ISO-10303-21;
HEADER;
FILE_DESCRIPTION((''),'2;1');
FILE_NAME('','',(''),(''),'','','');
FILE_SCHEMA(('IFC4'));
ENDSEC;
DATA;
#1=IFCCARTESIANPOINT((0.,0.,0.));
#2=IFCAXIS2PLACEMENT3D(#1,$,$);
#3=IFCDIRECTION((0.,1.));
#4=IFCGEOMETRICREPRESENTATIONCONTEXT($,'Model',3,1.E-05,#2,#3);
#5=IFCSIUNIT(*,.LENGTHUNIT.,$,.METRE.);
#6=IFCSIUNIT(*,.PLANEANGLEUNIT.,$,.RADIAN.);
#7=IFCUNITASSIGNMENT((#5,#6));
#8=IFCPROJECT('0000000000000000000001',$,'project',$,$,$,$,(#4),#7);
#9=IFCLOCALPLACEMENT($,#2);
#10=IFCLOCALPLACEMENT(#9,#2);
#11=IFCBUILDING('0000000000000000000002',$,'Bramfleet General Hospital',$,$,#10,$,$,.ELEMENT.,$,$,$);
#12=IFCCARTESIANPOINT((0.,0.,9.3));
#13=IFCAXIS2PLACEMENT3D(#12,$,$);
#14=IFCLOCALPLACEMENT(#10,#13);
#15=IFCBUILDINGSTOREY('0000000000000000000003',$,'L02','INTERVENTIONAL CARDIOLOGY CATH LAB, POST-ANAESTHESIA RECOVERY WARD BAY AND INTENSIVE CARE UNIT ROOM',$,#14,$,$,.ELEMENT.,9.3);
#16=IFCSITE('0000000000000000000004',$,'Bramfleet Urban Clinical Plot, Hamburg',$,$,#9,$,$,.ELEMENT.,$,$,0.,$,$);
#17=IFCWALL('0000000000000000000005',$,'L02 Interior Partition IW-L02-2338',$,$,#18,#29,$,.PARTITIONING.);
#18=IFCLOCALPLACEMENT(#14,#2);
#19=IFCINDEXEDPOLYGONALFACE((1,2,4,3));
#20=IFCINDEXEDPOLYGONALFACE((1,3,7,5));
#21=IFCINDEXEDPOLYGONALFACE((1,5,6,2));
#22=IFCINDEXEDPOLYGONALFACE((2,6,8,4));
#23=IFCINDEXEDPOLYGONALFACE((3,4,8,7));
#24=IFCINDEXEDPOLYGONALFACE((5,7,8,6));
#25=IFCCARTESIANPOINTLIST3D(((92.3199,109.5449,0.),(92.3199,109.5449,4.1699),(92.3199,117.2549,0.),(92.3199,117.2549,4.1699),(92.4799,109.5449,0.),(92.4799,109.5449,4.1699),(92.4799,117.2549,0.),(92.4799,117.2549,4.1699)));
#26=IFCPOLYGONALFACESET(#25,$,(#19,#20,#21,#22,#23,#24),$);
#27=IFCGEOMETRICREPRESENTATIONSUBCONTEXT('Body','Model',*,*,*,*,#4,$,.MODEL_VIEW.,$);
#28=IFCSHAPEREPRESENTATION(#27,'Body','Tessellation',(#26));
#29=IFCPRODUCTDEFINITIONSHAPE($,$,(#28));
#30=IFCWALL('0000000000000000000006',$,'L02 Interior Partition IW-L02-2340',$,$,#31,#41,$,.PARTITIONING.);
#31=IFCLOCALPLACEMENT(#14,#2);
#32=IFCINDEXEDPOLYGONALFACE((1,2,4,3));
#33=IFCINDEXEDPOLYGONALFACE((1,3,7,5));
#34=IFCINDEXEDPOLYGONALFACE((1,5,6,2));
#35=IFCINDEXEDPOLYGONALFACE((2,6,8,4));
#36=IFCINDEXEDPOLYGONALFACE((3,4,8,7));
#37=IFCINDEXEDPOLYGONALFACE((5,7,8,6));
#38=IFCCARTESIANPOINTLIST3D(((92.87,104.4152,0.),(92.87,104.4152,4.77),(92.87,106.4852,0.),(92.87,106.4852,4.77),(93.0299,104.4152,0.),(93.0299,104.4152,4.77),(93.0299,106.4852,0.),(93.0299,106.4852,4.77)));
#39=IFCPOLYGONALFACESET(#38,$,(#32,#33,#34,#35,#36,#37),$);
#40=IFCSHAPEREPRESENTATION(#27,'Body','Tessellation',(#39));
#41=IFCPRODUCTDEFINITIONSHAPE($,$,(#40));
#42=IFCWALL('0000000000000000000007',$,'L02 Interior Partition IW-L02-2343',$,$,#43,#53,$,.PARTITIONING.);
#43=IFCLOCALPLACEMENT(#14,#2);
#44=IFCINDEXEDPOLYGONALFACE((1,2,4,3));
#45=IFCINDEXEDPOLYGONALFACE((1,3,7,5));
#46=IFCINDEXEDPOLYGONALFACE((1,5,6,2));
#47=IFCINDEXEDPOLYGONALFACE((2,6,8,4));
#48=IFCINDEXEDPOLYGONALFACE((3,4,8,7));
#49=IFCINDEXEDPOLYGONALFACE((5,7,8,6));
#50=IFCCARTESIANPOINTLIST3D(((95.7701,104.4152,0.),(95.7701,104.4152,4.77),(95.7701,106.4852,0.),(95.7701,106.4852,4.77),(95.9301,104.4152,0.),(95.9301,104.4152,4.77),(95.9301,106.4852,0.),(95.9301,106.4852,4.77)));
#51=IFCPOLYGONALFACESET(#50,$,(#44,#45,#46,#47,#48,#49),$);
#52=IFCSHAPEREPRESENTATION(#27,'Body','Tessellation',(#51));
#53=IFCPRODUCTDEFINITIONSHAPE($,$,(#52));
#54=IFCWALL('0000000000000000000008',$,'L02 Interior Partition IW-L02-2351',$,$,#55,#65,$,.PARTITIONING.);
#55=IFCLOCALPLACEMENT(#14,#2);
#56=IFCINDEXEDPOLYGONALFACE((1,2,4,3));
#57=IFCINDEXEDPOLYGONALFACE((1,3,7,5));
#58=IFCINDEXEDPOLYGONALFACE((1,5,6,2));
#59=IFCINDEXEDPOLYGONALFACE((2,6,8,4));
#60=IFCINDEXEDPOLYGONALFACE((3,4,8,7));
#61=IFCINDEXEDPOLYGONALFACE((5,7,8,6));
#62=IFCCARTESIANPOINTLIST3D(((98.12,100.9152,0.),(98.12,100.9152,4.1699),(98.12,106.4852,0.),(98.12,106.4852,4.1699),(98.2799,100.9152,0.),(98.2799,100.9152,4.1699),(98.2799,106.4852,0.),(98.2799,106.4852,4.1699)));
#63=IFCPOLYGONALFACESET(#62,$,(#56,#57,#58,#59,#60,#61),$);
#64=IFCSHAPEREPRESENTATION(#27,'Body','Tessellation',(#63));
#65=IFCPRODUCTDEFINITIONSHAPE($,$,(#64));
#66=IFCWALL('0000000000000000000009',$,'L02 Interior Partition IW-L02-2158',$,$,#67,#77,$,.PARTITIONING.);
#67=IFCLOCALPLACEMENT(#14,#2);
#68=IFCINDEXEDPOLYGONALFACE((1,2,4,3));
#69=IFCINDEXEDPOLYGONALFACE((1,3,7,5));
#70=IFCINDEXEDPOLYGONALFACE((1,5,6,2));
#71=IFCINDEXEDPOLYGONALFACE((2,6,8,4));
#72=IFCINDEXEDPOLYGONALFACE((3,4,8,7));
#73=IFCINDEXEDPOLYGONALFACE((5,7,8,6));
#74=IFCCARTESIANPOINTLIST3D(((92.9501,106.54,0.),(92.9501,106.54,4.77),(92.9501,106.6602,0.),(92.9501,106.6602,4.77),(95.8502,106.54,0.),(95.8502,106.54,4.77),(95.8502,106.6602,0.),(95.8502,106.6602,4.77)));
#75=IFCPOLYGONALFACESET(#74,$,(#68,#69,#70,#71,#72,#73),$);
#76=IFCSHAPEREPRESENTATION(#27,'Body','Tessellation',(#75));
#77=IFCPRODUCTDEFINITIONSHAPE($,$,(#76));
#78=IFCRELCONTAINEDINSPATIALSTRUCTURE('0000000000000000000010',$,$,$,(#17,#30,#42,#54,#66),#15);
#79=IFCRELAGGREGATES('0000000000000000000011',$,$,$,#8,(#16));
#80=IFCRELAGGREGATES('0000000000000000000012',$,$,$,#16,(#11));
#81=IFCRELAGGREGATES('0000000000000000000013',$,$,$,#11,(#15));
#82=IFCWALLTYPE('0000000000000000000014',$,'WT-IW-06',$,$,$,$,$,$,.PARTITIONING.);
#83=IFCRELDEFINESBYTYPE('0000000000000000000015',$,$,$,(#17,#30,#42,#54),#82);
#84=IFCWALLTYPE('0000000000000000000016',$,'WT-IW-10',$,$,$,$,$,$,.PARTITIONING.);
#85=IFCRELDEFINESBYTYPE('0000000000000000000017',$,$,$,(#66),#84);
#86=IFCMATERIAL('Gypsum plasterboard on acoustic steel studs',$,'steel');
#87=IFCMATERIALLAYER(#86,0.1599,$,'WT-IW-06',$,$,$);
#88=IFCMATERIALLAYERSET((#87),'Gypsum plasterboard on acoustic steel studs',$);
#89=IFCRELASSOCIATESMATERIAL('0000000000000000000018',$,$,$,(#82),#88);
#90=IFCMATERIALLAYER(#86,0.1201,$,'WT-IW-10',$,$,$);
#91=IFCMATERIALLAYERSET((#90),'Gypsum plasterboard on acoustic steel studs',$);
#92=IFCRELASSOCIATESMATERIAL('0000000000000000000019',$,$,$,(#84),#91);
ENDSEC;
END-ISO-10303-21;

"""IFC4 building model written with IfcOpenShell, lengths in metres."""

from ifc_helpers import new_model, si_unit, direction, frame, frame_2d, origin, place, context, subcontext, project, spatial, rectangle, extrude, material, layer, layer_set, type_object, element, save


model = new_model("IFC4")

# Units and contexts
model_context = context("Model", 3, precision=1e-05, world=origin(), true_north=direction((0.0, 1.0)))
body_context = subcontext(model_context, "Body", "Model", "MODEL_VIEW")
ifc_project = project(units=[si_unit("LENGTHUNIT", "METRE"), si_unit("PLANEANGLEUNIT", "RADIAN")], contexts=[model_context])

# Site, building, storey
site_placement = place(None, origin())
site = spatial("IfcSite", under=ifc_project, at=site_placement, Name="Bramfleet Urban Clinical Plot, Hamburg", CompositionType="ELEMENT", RefElevation=0.0)
building_placement = place(site_placement, origin())
building = spatial("IfcBuilding", under=site, at=building_placement, Name="Bramfleet General Hospital", CompositionType="ELEMENT")
storey_placement = place(building_placement, frame((0.0, 0.0, 9.3)))
storey = spatial("IfcBuildingStorey", under=building, at=storey_placement, Name="L02", Description="INTERVENTIONAL CARDIOLOGY CATH LAB, POST-ANAESTHESIA RECOVERY WARD BAY AND INTENSIVE CARE UNIT ROOM", CompositionType="ELEMENT", Elevation=9.3)

# Shared definitions
ifc_material_1 = material(Name="Gypsum plasterboard on acoustic steel studs", Category="steel")
ifc_layer_1 = layer(ifc_material_1, 0.1599, Name="WT-IW-06")
ifc_layer_set_1 = layer_set([ifc_layer_1], Name="Gypsum plasterboard on acoustic steel studs")
wall_type_1 = type_object("IfcWallType", Name="WT-IW-06", PredefinedType="PARTITIONING", material=ifc_layer_set_1)

# Walls
wall_1_placement = place(storey_placement, frame((92.3999, 109.5449, 0.0), z_axis=(0.0, 0.0, 1.0), x_axis=(0.0, 1.0, 0.0)))
element("IfcWall", 1, at=wall_1_placement, inside=storey, type_object=wall_type_1, Name="L02 Interior Partition IW-L02-2338", PredefinedType="PARTITIONING", context=body_context, shape_type="SweptSolid", body=[
    extrude(rectangle(XDim=7.71, YDim=0.1599, at=frame_2d((3.855, 0.0))), origin(), (0.0, 0.0, 1.0), 4.1699),
])
for number, where, z_axis, x_axis, name in (
    (2, (92.95, 104.415, 0.0), (0.0, 0.0, 1.0), (0.0, 1.0, 0.0), "L02 Interior Partition IW-L02-2340"),
    (3, (95.8501, 104.415, 0.0), (0.0, 0.0, 1.0), (0.0, 1.0, 0.0), "L02 Interior Partition IW-L02-2343"),
):
    element("IfcWall", number, at=place(storey_placement, frame(where, z_axis=z_axis, x_axis=x_axis)), inside=storey, type_object=wall_type_1, Name=name, PredefinedType="PARTITIONING", context=body_context, shape_type="SweptSolid", body=[
        extrude(rectangle(XDim=2.0701, YDim=0.1599, at=frame_2d((1.0352, 0.0))), origin(), (0.0, 0.0, 1.0), 4.77),
    ])
wall_2_placement = place(storey_placement, frame((98.2, 100.915, 0.0), z_axis=(0.0, 0.0, 1.0), x_axis=(0.0, 1.0, 0.0)))
element("IfcWall", 4, at=wall_2_placement, inside=storey, type_object=wall_type_1, Name="L02 Interior Partition IW-L02-2351", PredefinedType="PARTITIONING", context=body_context, shape_type="SweptSolid", body=[
    extrude(rectangle(XDim=5.5701, YDim=0.1599, at=frame_2d((2.7852, 0.0))), origin(), (0.0, 0.0, 1.0), 4.1699),
])
ifc_layer_2 = layer(ifc_material_1, 0.1201, Name="WT-IW-10")
ifc_layer_set_2 = layer_set([ifc_layer_2], Name="Gypsum plasterboard on acoustic steel studs")
wall_type_2 = type_object("IfcWallType", Name="WT-IW-10", PredefinedType="PARTITIONING", material=ifc_layer_set_2)
wall_3_placement = place(storey_placement, frame((92.95, 106.6001, 0.0), z_axis=(0.0, 0.0, 1.0), x_axis=(1.0, 0.0, 0.0)))
element("IfcWall", 5, at=wall_3_placement, inside=storey, type_object=wall_type_2, Name="L02 Interior Partition IW-L02-2158", PredefinedType="PARTITIONING", context=body_context, shape_type="SweptSolid", body=[
    extrude(rectangle(XDim=2.9001, YDim=0.1201, at=frame_2d((1.4502, 0.0))), origin(), (0.0, 0.0, 1.0), 4.77),
])

save(model, "model.ifc")
